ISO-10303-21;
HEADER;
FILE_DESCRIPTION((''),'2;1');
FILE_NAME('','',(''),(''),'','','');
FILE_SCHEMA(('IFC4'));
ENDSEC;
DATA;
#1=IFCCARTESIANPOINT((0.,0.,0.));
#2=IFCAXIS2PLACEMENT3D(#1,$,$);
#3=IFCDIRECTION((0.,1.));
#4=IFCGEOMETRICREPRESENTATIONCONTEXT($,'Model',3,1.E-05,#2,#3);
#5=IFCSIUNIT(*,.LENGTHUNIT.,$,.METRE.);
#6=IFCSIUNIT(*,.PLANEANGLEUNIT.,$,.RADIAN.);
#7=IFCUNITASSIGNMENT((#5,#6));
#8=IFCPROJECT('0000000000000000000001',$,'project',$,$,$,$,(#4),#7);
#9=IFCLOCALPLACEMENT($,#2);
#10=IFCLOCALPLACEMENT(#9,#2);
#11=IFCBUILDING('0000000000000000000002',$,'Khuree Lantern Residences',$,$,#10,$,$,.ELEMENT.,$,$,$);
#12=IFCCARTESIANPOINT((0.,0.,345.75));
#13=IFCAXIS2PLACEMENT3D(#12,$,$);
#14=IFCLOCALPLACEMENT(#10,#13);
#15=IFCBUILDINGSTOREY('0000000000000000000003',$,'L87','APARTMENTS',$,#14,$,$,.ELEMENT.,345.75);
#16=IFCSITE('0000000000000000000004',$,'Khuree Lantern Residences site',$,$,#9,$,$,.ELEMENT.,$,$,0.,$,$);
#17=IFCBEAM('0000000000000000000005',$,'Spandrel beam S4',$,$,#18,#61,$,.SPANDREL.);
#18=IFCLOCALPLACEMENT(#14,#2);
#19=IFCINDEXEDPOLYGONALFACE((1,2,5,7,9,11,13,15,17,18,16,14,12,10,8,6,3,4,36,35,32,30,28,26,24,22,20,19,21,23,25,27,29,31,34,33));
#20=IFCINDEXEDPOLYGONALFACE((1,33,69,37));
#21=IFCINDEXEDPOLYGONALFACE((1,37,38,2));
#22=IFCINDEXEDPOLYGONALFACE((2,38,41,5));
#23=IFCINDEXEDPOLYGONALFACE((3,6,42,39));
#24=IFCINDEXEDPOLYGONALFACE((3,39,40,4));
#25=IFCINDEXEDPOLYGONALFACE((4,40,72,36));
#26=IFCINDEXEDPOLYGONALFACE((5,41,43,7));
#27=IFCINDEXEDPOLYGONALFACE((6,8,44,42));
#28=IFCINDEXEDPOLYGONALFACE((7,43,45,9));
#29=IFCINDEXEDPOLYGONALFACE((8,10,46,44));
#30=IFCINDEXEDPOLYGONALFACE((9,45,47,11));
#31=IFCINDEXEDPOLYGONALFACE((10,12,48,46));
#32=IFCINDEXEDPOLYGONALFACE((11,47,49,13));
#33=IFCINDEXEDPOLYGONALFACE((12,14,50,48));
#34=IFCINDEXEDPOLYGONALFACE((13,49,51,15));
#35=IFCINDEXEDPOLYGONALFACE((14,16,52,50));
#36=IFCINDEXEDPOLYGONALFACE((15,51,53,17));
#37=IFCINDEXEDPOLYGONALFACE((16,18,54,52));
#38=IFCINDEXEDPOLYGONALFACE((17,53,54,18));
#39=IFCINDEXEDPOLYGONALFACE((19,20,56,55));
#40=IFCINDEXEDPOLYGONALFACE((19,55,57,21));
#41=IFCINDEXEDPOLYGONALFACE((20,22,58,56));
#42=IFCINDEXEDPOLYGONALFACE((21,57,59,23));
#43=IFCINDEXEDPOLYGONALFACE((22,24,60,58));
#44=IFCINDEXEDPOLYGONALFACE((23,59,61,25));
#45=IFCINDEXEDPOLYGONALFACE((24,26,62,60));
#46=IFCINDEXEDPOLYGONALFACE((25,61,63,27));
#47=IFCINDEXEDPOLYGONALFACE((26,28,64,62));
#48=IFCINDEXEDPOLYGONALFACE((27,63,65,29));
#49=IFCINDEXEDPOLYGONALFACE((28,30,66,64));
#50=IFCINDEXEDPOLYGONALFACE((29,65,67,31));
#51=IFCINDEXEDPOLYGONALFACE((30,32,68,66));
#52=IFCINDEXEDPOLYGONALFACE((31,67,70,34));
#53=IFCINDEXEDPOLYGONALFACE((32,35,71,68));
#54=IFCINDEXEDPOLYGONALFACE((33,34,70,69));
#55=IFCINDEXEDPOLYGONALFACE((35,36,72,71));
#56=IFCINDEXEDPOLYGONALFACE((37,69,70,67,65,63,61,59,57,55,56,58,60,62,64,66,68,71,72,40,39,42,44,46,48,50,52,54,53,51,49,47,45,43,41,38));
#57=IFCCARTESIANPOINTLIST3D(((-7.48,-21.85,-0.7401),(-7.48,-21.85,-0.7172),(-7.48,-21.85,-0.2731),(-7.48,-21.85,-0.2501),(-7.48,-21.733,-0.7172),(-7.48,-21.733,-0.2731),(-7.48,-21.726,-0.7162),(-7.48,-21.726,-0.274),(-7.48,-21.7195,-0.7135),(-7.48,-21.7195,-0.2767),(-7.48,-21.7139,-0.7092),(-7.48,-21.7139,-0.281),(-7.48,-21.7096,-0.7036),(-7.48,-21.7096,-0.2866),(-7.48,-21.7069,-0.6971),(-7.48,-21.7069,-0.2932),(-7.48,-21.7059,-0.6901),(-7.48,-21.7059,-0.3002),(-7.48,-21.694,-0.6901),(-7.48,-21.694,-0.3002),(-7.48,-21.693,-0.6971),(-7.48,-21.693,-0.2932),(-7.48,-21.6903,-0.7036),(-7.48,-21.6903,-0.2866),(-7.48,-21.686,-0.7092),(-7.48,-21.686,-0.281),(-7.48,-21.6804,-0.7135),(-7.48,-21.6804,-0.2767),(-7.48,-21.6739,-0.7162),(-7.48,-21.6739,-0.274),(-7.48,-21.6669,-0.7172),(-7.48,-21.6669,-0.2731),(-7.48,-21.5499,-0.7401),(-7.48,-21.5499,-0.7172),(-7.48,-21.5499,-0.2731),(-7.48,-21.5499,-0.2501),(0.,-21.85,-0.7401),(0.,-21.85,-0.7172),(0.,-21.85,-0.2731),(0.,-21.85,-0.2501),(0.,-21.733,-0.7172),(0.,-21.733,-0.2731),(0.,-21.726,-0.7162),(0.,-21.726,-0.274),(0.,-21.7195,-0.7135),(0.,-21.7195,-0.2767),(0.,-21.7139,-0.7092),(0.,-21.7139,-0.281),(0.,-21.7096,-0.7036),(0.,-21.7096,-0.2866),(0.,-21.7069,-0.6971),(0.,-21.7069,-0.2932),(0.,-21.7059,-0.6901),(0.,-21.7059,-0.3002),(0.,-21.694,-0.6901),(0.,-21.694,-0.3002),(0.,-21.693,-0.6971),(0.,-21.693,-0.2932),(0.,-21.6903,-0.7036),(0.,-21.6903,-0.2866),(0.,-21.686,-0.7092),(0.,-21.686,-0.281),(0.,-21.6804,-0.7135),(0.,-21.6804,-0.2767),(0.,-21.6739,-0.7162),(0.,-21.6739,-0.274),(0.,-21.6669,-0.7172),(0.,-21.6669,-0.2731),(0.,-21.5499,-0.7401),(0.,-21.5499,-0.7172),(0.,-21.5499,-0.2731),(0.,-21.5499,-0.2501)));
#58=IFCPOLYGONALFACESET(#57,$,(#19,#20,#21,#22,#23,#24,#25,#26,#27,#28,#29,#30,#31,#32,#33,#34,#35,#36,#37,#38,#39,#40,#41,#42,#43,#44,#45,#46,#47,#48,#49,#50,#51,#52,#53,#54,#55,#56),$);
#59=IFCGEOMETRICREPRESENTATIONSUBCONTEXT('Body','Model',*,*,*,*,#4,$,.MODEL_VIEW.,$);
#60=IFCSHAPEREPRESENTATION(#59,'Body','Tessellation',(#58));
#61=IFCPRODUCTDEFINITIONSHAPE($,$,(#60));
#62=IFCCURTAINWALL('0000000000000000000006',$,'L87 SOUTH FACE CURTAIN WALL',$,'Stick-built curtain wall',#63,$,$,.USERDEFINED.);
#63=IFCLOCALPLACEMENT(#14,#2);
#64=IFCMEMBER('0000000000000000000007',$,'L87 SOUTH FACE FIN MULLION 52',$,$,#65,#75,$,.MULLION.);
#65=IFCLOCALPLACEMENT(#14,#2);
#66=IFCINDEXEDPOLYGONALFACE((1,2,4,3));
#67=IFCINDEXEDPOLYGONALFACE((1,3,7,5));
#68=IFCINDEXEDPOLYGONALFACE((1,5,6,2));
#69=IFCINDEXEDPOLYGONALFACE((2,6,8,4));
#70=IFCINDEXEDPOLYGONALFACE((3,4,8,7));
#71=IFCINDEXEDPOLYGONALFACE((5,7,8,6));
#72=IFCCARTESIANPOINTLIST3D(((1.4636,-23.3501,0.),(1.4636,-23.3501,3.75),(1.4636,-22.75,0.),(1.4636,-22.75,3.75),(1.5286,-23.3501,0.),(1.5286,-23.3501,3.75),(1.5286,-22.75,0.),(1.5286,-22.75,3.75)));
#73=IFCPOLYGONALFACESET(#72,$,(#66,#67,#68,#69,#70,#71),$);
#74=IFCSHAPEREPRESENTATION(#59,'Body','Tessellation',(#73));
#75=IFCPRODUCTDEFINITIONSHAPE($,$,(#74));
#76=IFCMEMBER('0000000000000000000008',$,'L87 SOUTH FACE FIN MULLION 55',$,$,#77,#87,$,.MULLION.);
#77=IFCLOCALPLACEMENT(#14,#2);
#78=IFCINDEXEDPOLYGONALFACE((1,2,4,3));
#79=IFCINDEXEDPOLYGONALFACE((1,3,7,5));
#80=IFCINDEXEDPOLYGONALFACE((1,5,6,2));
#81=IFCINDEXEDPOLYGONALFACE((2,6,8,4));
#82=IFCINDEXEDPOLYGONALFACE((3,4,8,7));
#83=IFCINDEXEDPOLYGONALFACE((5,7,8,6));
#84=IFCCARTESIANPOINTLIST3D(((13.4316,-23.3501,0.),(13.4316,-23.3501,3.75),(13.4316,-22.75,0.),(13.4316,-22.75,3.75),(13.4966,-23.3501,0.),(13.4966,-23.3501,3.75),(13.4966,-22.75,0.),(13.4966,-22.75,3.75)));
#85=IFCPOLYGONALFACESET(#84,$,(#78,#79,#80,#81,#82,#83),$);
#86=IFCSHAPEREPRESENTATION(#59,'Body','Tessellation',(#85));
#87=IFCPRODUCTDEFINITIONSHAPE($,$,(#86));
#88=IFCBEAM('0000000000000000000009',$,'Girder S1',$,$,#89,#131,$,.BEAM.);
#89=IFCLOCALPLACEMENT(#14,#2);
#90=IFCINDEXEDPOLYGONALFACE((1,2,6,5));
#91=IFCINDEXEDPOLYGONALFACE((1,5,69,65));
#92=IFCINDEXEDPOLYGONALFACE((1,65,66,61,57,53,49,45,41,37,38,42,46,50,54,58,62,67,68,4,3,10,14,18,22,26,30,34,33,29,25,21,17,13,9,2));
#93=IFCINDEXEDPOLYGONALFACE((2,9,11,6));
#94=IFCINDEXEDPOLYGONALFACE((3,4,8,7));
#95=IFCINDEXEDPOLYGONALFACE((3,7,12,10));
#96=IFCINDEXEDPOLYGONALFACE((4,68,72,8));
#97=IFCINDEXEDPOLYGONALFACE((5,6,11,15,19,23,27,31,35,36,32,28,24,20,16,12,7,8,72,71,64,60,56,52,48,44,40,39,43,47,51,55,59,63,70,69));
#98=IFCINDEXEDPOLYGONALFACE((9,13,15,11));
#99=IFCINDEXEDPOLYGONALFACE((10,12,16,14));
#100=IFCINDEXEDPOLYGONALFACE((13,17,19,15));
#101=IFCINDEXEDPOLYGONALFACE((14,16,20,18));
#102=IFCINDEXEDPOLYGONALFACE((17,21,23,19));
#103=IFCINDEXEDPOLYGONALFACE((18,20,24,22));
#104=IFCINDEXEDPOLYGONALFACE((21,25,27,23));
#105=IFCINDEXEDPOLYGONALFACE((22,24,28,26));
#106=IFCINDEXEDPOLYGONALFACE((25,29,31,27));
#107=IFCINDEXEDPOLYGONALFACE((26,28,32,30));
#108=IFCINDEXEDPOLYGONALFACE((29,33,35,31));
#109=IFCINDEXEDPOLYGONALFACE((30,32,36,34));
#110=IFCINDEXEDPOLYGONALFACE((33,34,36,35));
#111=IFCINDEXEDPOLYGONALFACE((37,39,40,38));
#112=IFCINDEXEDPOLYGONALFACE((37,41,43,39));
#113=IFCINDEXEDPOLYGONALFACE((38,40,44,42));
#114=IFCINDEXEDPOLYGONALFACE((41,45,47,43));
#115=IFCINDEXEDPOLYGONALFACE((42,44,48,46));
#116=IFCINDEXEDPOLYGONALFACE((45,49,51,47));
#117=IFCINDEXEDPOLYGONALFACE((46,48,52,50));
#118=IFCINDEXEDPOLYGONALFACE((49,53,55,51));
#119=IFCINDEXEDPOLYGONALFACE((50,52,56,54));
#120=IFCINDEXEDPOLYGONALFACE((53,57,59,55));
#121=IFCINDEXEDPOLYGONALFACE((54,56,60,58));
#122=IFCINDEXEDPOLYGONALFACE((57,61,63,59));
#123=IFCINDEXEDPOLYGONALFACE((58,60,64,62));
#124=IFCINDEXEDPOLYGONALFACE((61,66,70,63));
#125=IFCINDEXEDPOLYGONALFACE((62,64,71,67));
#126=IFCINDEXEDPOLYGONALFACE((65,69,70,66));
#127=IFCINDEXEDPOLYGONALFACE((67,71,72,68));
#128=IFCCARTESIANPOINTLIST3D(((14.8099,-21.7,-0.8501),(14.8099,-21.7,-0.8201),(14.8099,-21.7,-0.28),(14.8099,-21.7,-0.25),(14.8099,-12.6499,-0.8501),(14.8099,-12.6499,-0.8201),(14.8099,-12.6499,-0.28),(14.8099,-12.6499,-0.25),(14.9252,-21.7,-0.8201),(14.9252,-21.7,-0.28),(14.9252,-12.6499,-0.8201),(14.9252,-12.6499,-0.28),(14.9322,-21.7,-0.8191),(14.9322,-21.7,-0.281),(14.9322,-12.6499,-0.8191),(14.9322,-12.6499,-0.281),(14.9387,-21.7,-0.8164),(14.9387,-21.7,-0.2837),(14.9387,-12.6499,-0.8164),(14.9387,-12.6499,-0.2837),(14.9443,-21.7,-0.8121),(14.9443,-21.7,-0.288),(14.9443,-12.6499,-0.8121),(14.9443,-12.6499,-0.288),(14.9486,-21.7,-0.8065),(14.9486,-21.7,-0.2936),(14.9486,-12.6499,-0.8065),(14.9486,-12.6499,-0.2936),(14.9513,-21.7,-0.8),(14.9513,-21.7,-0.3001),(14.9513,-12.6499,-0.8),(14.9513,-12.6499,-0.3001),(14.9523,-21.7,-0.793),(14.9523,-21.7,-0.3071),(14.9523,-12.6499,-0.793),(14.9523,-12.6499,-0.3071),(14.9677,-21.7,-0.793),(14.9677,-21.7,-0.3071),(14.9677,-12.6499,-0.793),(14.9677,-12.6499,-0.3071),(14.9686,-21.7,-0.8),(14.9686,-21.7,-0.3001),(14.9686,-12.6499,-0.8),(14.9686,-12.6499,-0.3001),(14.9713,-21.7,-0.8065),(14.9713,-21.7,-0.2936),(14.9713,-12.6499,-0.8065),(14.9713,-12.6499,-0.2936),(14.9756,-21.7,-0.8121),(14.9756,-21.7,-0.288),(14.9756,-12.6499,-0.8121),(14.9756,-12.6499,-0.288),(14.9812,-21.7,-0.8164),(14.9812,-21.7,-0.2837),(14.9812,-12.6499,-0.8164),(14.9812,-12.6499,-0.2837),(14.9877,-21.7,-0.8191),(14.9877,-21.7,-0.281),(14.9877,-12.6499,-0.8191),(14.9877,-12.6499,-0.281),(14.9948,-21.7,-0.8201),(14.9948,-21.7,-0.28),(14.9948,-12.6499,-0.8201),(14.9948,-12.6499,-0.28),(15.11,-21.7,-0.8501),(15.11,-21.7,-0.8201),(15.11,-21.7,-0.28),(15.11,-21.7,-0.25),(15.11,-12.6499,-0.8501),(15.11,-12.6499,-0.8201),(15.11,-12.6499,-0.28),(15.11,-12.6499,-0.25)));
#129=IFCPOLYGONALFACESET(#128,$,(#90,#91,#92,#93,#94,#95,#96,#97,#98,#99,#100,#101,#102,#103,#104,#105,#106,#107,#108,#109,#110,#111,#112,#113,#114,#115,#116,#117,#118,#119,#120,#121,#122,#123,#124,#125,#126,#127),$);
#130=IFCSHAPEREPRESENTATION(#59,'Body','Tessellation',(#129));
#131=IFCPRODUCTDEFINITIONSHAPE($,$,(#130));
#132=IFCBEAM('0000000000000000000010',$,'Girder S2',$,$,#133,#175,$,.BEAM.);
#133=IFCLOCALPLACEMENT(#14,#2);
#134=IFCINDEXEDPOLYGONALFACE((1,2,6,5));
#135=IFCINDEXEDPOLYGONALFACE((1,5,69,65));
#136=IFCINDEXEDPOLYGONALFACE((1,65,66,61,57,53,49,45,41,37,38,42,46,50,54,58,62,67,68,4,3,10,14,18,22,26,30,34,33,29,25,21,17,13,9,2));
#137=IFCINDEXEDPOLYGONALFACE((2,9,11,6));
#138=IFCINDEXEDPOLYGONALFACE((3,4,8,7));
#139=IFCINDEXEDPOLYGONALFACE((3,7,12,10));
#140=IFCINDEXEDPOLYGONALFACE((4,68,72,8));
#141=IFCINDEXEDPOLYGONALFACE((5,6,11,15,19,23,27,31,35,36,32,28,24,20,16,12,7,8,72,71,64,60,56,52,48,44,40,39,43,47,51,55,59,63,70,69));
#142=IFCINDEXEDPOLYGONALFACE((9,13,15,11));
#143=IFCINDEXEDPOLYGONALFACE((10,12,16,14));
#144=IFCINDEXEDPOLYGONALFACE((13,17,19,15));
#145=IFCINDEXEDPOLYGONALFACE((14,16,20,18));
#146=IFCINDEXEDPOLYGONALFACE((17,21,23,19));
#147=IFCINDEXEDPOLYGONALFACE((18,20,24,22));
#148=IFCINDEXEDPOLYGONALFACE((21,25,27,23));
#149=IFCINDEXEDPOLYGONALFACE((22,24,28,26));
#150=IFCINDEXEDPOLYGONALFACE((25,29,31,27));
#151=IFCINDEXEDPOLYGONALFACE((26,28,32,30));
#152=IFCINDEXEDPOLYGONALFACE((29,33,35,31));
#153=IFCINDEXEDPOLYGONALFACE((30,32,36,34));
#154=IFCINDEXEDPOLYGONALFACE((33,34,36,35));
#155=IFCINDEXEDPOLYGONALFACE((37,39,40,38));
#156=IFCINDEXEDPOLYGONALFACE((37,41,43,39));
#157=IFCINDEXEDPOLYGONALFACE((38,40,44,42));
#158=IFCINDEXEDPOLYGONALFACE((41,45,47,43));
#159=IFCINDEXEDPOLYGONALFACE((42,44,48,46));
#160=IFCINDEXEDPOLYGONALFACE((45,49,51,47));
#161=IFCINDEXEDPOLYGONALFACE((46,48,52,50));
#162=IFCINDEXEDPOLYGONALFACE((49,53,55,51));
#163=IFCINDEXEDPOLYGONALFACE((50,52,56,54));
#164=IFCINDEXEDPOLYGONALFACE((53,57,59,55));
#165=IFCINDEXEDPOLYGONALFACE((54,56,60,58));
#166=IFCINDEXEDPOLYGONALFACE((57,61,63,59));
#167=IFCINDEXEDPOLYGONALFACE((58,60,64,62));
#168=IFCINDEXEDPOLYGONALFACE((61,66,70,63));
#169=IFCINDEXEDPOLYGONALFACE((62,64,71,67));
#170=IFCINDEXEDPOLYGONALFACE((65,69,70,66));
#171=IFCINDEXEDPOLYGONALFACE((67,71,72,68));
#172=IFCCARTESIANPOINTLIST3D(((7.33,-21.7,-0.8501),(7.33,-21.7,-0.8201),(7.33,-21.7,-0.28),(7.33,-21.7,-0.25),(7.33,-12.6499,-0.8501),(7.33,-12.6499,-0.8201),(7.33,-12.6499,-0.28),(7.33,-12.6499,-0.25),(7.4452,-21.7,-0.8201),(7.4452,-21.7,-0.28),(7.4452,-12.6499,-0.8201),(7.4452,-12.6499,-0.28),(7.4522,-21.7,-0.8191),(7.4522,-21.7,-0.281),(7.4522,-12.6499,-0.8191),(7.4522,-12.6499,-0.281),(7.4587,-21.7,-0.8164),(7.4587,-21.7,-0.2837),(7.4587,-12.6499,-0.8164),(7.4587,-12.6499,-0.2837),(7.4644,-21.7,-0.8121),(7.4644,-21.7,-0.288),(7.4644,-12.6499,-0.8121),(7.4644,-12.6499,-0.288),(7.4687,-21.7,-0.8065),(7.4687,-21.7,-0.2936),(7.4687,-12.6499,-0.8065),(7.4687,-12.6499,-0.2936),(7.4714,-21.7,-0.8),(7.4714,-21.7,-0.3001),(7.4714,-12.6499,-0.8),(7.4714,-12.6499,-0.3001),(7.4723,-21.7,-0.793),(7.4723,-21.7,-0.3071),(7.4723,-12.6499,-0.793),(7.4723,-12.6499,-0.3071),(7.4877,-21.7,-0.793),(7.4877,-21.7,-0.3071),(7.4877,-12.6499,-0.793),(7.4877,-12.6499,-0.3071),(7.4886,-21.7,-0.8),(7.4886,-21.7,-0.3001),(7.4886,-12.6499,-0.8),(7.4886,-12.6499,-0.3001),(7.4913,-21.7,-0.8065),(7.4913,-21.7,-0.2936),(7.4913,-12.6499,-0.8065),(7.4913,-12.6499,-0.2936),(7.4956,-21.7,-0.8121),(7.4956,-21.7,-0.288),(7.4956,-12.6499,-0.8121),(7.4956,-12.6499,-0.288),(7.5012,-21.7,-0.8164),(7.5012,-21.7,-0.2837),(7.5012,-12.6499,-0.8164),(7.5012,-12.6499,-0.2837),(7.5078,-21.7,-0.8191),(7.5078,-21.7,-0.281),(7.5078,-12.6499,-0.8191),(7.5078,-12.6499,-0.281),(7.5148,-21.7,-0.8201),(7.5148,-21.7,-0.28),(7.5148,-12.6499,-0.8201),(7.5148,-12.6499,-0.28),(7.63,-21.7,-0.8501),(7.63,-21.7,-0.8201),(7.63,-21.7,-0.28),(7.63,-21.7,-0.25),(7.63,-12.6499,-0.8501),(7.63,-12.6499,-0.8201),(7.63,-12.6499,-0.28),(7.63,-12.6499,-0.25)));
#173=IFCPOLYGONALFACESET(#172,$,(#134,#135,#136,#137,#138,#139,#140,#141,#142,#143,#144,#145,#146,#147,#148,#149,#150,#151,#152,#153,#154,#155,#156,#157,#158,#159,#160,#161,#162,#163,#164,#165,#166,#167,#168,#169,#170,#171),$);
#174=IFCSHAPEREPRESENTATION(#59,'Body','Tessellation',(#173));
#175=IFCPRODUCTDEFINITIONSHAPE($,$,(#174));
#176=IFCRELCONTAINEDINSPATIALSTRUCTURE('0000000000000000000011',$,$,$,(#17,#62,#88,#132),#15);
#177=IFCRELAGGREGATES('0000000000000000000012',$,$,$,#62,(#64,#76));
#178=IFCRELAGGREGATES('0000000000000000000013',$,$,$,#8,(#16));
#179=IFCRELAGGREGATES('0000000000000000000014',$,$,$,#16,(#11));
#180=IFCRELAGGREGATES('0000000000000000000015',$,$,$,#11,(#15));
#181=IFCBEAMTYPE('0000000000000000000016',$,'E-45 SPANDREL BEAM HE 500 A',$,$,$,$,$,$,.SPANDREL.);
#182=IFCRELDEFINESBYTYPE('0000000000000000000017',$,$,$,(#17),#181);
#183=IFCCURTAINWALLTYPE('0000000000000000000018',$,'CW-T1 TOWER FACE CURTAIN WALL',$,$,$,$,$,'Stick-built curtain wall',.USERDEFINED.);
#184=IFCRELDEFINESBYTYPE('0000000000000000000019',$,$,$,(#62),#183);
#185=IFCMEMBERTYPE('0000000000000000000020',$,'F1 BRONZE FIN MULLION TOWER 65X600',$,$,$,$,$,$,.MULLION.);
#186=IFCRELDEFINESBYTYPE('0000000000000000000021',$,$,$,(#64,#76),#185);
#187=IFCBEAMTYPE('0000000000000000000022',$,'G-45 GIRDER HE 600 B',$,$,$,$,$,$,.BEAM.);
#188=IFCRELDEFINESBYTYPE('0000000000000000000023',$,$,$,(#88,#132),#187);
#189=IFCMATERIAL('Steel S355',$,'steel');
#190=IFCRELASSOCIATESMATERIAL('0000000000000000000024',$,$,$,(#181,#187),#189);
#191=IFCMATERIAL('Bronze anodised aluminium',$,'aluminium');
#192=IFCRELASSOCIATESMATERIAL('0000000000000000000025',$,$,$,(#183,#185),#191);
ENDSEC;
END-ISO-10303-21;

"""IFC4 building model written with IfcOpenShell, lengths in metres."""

from ifc_helpers import new_model, si_unit, direction, frame, origin, origin_2d, place, context, subcontext, project, spatial, rectangle, i_section, extrude, material, material_profile, profile_set, type_object, element, aggregate, save


model = new_model("IFC4")

# Units and contexts
model_context = context("Model", 3, precision=1e-05, world=origin(), true_north=direction((0.0, 1.0)))
body_context = subcontext(model_context, "Body", "Model", "MODEL_VIEW")
ifc_project = project(units=[si_unit("LENGTHUNIT", "METRE"), si_unit("PLANEANGLEUNIT", "RADIAN")], contexts=[model_context])

# Site, building, storey
site_placement = place(None, origin())
site = spatial("IfcSite", under=ifc_project, at=site_placement, Name="Khuree Lantern Residences site", CompositionType="ELEMENT", RefElevation=0.0)
building_placement = place(site_placement, origin())
building = spatial("IfcBuilding", under=site, at=building_placement, Name="Khuree Lantern Residences", CompositionType="ELEMENT")
storey_placement = place(building_placement, frame((0.0, 0.0, 345.75)))
storey = spatial("IfcBuildingStorey", under=building, at=storey_placement, Name="L87", Description="APARTMENTS", CompositionType="ELEMENT", Elevation=345.75)

# Beam
ifc_material_1 = material(Name="Steel S355", Category="steel")
ifc_material_profile_1 = material_profile(ifc_material_1, i_section(OverallWidth=0.3, OverallDepth=0.49, WebThickness=0.012, FlangeThickness=0.0229, FilletRadius=0.0271, at=origin_2d()), Name="HE 500 A")
ifc_profile_set_1 = profile_set([ifc_material_profile_1], Name="Steel S355")
beam_type_1 = type_object("IfcBeamType", Name="E-45 SPANDREL BEAM HE 500 A", PredefinedType="SPANDREL", material=ifc_profile_set_1)
for number, where, z_axis, x_axis, name in (
    (1, (0.0, -21.7, -0.4951), (-1.0, 0.0, 0.0), (0.0, -1.0, 0.0), "Spandrel beam S4"),
):
    element("IfcBeam", number, at=place(storey_placement, frame(where, z_axis=z_axis, x_axis=x_axis)), inside=storey, type_object=beam_type_1, Name=name, PredefinedType="SPANDREL", context=body_context, shape_type="SweptSolid", body=[
        extrude(i_section(OverallWidth=0.3, OverallDepth=0.49, WebThickness=0.012, FlangeThickness=0.0229, FilletRadius=0.0271, at=origin_2d()), origin(), (0.0, 0.0, 1.0), 7.48),
    ])

# Curtain wall, members
ifc_material_2 = material(Name="Bronze anodised aluminium", Category="aluminium")
curtain_wall_type = type_object("IfcCurtainWallType", Name="CW-T1 TOWER FACE CURTAIN WALL", ElementType="Stick-built curtain wall", PredefinedType="USERDEFINED", material=ifc_material_2)
curtain_wall_placement = place(storey_placement, origin())
curtain_wall = element("IfcCurtainWall", 2, at=curtain_wall_placement, inside=storey, type_object=curtain_wall_type, Name="L87 SOUTH FACE CURTAIN WALL", ObjectType="Stick-built curtain wall", PredefinedType="USERDEFINED")
ifc_material_profile_2 = material_profile(ifc_material_2, rectangle(XDim=0.0649, YDim=0.6001, at=origin_2d()), Name="F1 65X600")
ifc_profile_set_2 = profile_set([ifc_material_profile_2], Name="Bronze anodised aluminium")
member_type_1 = type_object("IfcMemberType", Name="F1 BRONZE FIN MULLION TOWER 65X600", PredefinedType="MULLION", material=ifc_profile_set_2)
member_1_placement = place(storey_placement, frame((1.4961, -23.05, 0.0), z_axis=(0.0, 0.0, 1.0), x_axis=(1.0, 0.0, 0.0)))
member_1 = element("IfcMember", 3, at=member_1_placement, type_object=member_type_1, Name="L87 SOUTH FACE FIN MULLION 52", PredefinedType="MULLION", context=body_context, shape_type="SweptSolid", body=[
    extrude(rectangle(XDim=0.0649, YDim=0.6001, at=origin_2d()), origin(), (0.0, 0.0, 1.0), 3.75),
])
member_2_placement = place(storey_placement, frame((13.4641, -23.05, 0.0), z_axis=(0.0, 0.0, 1.0), x_axis=(1.0, 0.0, 0.0)))
member_2 = element("IfcMember", 4, at=member_2_placement, type_object=member_type_1, Name="L87 SOUTH FACE FIN MULLION 55", PredefinedType="MULLION", context=body_context, shape_type="SweptSolid", body=[
    extrude(rectangle(XDim=0.0649, YDim=0.6001, at=origin_2d()), origin(), (0.0, 0.0, 1.0), 3.75),
])

# Beams
ifc_material_profile_3 = material_profile(ifc_material_1, i_section(OverallWidth=0.3, OverallDepth=0.6001, WebThickness=0.0154, FlangeThickness=0.03, FilletRadius=0.0271, at=origin_2d()), Name="HE 600 B")
ifc_profile_set_3 = profile_set([ifc_material_profile_3], Name="Steel S355")
beam_type_2 = type_object("IfcBeamType", Name="G-45 GIRDER HE 600 B", PredefinedType="BEAM", material=ifc_profile_set_3)
for number, where, z_axis, x_axis, name in (
    (5, (14.96, -21.7, -0.55), (0.0, 1.0, 0.0), (-1.0, 0.0, 0.0), "Girder S1"),
    (6, (7.48, -21.7, -0.55), (0.0, 1.0, 0.0), (-1.0, 0.0, 0.0), "Girder S2"),
):
    element("IfcBeam", number, at=place(storey_placement, frame(where, z_axis=z_axis, x_axis=x_axis)), inside=storey, type_object=beam_type_2, Name=name, PredefinedType="BEAM", context=body_context, shape_type="SweptSolid", body=[
        extrude(i_section(OverallWidth=0.3, OverallDepth=0.6001, WebThickness=0.0154, FlangeThickness=0.03, FilletRadius=0.0271, at=origin_2d()), origin(), (0.0, 0.0, 1.0), 9.05),
    ])

aggregate(curtain_wall, [member_1, member_2])

save(model, "model.ifc")
